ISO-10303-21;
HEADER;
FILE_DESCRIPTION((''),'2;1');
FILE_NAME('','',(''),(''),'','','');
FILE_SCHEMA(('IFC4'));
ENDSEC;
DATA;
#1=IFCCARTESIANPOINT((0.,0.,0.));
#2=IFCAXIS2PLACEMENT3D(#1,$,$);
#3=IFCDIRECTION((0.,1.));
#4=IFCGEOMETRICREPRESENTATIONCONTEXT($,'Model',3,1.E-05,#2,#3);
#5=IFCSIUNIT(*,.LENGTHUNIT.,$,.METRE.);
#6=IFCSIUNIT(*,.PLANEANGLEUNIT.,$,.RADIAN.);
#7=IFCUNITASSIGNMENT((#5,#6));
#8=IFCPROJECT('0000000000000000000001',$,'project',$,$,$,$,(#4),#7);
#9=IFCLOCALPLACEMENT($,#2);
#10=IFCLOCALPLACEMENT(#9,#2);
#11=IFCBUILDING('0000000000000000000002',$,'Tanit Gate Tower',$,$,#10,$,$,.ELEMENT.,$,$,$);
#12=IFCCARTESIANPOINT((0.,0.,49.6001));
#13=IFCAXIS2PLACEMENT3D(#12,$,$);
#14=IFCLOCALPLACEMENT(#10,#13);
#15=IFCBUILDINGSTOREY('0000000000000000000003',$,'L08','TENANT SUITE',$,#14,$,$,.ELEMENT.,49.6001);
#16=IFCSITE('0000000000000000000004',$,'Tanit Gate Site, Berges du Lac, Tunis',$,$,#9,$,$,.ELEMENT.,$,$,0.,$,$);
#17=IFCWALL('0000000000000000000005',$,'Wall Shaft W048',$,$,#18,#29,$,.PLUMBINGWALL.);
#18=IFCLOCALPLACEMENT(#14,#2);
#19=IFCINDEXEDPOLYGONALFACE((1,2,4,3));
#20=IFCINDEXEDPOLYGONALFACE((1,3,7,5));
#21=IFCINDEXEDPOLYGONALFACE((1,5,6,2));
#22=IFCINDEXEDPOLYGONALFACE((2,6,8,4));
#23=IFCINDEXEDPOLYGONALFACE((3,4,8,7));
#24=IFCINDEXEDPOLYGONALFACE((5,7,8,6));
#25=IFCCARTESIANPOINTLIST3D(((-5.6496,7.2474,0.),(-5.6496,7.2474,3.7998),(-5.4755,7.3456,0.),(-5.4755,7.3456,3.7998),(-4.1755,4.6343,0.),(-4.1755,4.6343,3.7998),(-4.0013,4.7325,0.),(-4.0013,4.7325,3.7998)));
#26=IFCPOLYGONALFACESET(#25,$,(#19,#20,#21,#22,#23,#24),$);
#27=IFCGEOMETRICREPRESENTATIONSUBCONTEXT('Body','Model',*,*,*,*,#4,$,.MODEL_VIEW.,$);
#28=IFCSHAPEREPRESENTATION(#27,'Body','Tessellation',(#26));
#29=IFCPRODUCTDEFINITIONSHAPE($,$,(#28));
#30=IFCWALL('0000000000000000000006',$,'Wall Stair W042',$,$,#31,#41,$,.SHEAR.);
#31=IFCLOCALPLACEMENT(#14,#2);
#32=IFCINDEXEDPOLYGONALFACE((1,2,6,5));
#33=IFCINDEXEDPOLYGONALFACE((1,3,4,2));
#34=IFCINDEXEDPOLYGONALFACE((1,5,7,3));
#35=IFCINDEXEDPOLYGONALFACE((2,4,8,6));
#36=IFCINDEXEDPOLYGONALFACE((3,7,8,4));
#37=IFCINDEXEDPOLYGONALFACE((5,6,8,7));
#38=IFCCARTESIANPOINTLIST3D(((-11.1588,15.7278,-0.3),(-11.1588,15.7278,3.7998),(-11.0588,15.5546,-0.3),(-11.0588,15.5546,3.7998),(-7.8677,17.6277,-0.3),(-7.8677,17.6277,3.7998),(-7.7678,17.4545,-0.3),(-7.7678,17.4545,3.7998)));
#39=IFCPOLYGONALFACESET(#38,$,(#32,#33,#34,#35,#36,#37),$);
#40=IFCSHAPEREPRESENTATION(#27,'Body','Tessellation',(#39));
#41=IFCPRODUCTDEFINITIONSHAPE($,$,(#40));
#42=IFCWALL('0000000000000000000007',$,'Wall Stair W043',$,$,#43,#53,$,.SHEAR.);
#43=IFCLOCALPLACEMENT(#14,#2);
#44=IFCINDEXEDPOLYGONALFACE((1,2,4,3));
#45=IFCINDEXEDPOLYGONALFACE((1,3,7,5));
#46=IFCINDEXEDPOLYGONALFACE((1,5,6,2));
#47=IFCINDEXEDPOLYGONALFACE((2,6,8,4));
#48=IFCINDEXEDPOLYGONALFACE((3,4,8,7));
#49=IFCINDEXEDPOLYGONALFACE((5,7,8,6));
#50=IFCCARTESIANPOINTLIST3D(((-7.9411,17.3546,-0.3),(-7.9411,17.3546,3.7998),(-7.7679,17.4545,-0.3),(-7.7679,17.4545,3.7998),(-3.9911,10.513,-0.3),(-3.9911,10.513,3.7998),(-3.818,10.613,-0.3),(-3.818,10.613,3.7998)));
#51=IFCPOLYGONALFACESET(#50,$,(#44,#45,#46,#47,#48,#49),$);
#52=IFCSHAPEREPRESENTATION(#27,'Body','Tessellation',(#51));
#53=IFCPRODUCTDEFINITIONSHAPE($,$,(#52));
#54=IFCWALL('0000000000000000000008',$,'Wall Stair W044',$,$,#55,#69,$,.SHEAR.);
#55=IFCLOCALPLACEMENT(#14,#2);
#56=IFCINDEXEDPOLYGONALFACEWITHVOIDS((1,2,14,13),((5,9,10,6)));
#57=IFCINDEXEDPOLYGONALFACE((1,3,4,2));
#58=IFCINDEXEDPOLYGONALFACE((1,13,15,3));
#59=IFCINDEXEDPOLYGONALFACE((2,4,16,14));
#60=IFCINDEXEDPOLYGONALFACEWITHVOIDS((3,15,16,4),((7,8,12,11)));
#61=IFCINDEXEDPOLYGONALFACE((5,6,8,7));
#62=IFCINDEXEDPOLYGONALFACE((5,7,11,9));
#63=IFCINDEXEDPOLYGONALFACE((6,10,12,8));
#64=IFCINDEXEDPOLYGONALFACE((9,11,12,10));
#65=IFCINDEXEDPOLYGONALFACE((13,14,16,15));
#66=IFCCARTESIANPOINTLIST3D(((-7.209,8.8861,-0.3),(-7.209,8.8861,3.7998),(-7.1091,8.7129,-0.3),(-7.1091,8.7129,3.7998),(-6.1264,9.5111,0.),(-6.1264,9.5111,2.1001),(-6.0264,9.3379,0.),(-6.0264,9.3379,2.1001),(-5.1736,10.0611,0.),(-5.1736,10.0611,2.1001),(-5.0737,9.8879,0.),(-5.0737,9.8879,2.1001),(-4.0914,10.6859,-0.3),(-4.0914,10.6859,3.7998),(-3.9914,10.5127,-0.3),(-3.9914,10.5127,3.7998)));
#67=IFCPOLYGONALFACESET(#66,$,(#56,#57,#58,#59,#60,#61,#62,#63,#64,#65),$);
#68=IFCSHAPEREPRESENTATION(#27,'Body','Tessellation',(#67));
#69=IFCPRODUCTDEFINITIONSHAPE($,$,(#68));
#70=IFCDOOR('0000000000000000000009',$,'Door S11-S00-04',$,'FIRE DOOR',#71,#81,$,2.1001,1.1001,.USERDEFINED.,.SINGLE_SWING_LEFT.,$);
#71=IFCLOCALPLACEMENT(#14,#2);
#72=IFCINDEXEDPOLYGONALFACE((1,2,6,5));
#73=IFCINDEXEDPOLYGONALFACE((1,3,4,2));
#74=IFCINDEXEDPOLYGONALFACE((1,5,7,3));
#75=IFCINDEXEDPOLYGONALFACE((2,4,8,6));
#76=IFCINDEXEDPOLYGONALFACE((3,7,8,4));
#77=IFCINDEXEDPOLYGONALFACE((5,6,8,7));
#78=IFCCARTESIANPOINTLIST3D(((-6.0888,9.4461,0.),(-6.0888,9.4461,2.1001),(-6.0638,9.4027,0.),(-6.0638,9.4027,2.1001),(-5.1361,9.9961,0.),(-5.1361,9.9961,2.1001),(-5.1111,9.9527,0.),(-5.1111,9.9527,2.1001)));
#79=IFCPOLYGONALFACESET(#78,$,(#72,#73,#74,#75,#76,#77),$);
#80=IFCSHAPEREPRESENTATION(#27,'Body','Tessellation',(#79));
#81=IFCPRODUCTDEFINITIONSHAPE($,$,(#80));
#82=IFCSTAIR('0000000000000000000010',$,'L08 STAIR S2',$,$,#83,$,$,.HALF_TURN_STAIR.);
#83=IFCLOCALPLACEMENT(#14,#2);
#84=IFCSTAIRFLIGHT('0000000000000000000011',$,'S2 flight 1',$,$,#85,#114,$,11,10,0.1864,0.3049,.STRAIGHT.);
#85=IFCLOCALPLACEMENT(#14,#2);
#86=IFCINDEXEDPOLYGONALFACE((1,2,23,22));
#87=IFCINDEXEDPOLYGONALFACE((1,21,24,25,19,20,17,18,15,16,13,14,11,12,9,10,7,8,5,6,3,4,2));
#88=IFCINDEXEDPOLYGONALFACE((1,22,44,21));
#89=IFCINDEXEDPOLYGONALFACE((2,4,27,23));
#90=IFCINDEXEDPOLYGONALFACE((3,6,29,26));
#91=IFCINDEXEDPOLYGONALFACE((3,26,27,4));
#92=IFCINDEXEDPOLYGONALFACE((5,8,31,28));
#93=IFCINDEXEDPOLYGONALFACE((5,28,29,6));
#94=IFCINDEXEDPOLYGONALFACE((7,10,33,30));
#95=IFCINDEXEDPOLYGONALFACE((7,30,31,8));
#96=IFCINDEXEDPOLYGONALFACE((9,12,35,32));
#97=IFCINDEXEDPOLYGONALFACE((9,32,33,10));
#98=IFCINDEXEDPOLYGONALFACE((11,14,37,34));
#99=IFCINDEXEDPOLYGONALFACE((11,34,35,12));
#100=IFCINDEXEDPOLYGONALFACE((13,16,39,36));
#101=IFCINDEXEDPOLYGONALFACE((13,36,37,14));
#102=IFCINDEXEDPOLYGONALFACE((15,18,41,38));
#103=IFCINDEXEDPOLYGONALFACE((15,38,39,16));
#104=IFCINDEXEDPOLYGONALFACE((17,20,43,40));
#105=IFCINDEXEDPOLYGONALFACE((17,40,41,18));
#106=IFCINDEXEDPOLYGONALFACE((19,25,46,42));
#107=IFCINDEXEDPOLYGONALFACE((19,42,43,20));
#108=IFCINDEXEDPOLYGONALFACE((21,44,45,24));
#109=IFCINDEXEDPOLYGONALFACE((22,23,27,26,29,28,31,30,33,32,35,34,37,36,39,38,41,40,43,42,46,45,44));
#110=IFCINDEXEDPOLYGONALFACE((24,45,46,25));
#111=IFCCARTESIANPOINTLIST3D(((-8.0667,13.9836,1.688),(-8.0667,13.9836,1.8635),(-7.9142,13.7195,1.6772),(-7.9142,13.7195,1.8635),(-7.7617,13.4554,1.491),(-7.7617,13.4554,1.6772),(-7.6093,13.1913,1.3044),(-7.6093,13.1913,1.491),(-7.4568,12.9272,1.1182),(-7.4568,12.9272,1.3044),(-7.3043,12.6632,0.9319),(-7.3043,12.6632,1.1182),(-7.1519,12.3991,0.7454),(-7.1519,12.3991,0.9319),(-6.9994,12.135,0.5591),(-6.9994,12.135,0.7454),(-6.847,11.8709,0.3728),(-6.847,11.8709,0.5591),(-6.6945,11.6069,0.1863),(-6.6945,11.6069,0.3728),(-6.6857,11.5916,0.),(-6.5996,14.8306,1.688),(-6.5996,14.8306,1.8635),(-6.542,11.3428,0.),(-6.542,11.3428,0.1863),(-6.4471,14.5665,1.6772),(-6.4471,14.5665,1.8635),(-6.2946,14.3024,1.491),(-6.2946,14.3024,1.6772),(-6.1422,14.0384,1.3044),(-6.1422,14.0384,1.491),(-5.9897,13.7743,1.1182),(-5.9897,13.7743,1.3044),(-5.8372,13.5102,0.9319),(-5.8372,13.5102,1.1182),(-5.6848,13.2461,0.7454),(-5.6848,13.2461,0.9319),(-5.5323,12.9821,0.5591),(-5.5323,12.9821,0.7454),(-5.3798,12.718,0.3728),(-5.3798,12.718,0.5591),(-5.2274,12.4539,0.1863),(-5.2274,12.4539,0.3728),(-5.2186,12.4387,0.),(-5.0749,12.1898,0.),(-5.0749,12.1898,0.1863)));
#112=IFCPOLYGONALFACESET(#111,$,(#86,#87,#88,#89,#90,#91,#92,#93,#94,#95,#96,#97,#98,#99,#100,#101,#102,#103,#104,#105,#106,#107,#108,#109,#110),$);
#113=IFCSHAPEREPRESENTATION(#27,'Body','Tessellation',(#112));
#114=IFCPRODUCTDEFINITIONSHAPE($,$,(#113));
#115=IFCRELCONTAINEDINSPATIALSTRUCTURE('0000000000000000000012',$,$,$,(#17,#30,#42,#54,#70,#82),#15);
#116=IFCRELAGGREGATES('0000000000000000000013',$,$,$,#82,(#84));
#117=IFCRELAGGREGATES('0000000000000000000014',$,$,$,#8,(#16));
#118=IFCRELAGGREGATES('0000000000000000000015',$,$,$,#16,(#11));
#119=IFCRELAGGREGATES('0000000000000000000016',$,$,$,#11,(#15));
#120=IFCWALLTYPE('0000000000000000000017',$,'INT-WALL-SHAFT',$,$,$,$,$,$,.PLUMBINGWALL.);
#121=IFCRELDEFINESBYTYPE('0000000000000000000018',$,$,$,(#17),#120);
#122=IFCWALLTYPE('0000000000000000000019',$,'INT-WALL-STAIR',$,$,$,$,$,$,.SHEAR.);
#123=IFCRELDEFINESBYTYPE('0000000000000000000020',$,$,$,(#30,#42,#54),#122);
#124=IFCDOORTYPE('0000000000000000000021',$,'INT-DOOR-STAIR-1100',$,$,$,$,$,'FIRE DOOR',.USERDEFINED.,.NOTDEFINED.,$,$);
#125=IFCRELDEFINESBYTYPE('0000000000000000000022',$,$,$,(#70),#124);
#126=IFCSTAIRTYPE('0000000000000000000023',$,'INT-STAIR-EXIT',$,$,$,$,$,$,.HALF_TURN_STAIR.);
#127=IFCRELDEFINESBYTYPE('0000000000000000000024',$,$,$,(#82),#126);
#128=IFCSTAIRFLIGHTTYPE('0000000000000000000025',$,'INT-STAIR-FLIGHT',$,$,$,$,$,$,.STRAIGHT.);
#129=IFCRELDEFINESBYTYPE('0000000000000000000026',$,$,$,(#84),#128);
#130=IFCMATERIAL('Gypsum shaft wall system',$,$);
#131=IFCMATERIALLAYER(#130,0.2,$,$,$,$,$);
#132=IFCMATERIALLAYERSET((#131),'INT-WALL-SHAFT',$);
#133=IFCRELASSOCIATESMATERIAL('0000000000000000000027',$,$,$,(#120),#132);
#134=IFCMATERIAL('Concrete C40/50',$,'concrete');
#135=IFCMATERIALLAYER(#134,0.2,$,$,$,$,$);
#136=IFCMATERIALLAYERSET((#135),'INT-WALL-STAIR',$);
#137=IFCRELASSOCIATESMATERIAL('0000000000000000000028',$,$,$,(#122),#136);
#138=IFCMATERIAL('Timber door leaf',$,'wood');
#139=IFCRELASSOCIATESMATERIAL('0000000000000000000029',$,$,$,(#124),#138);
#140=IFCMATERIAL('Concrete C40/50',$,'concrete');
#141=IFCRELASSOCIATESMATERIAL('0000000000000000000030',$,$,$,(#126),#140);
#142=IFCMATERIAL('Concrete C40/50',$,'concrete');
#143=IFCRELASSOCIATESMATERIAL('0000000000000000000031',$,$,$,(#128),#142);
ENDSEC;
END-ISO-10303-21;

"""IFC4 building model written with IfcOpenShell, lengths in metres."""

from ifc_helpers import new_model, si_unit, direction, frame, frame_2d, origin, place, context, subcontext, project, spatial, polyline, rectangle, outline, extrude, material, layer, layer_set, type_object, element, fill, aggregate, save


model = new_model("IFC4")

# Units and contexts
model_context = context("Model", 3, precision=1e-05, world=origin(), true_north=direction((0.0, 1.0)))
body_context = subcontext(model_context, "Body", "Model", "MODEL_VIEW")
ifc_project = project(units=[si_unit("LENGTHUNIT", "METRE"), si_unit("PLANEANGLEUNIT", "RADIAN")], contexts=[model_context])

# Site, building, storey
site_placement = place(None, origin())
site = spatial("IfcSite", under=ifc_project, at=site_placement, Name="Tanit Gate Site, Berges du Lac, Tunis", CompositionType="ELEMENT", RefElevation=0.0)
building_placement = place(site_placement, origin())
building = spatial("IfcBuilding", under=site, at=building_placement, Name="Tanit Gate Tower", CompositionType="ELEMENT")
storey_placement = place(building_placement, frame((0.0, 0.0, 49.6001)))
storey = spatial("IfcBuildingStorey", under=building, at=storey_placement, Name="L08", Description="TENANT SUITE", CompositionType="ELEMENT", Elevation=49.6001)

# Shared definitions
ifc_material_1 = material(Name="Gypsum shaft wall system")
ifc_layer_1 = layer(ifc_material_1, 0.2)
ifc_layer_set_1 = layer_set([ifc_layer_1], Name="INT-WALL-SHAFT")
wall_type_1 = type_object("IfcWallType", Name="INT-WALL-SHAFT", PredefinedType="PLUMBINGWALL", material=ifc_layer_set_1)

# Walls
wall_1_placement = place(storey_placement, frame((-5.5625, 7.2964, 0.0), z_axis=(0.0, 0.0, 1.0), x_axis=(0.491347, -0.870964, 0.0)))
element("IfcWall", 1, at=wall_1_placement, inside=storey, type_object=wall_type_1, Name="Wall Shaft W048", PredefinedType="PLUMBINGWALL", context=body_context, shape_type="SweptSolid", body=[
    extrude(rectangle(XDim=3.0002, YDim=0.2, at=frame_2d((1.5, 0.0))), origin(), (0.0, 0.0, 1.0), 3.7998),
])
ifc_material_2 = material(Name="Concrete C40/50", Category="concrete")
ifc_layer_2 = layer(ifc_material_2, 0.2)
ifc_layer_set_2 = layer_set([ifc_layer_2], Name="INT-WALL-STAIR")
wall_type_2 = type_object("IfcWallType", Name="INT-WALL-STAIR", PredefinedType="SHEAR", material=ifc_layer_set_2)
wall_2_placement = place(storey_placement, frame((-7.8179, 17.541, -0.3), z_axis=(0.0, 0.0, 1.0), x_axis=(-0.866044, -0.499967, 0.0)))
element("IfcWall", 2, at=wall_2_placement, inside=storey, type_object=wall_type_2, Name="Wall Stair W042", PredefinedType="SHEAR", context=body_context, shape_type="SweptSolid", body=[
    extrude(rectangle(XDim=3.8, YDim=0.2, at=frame_2d((1.8999, 0.0))), origin(), (0.0, 0.0, 1.0), 4.0999),
])
wall_3_placement = place(storey_placement, frame((-7.8545, 17.4045, -0.3), z_axis=(0.0, 0.0, 1.0), x_axis=(0.499998, -0.866027, 0.0)))
element("IfcWall", 3, at=wall_3_placement, inside=storey, type_object=wall_type_2, Name="Wall Stair W043", PredefinedType="SHEAR", context=body_context, shape_type="SweptSolid", body=[
    extrude(rectangle(XDim=7.8999, YDim=0.2, at=frame_2d((3.95, 0.0))), origin(), (0.0, 0.0, 1.0), 4.0999),
])

# Wall, opening, door
wall_4_placement = place(storey_placement, frame((-7.1589, 8.7996, -0.3), z_axis=(0.0, 0.0, 1.0), x_axis=(0.866048, 0.499961, 0.0)))
wall_4 = element("IfcWall", 4, at=wall_4_placement, inside=storey, type_object=wall_type_2, Name="Wall Stair W044", PredefinedType="SHEAR", context=body_context, shape_type="SweptSolid", body=[
    extrude(rectangle(XDim=3.5999, YDim=0.2, at=frame_2d((1.7998, 0.0))), origin(), (0.0, 0.0, 1.0), 4.0999),
])
opening_1_placement = place(wall_4_placement, frame((1.25, 0.0, 0.3)))
opening_1 = element("IfcOpeningElement", 5, at=opening_1_placement, cuts=wall_4, PredefinedType="OPENING", context=body_context, shape_type="SweptSolid", body=[
    extrude(rectangle(XDim=1.1001, YDim=2.1001, at=frame_2d((0.55, 1.05))), frame((0.0, 0.1099, 0.0), z_axis=(0.0, -1.0, 0.0), x_axis=(1.0, 0.0, 0.0)), (0.0, 0.0, 1.0), 0.22),
])
ifc_material_3 = material(Name="Timber door leaf", Category="wood")
door_type_1 = type_object("IfcDoorType", Name="INT-DOOR-STAIR-1100", ElementType="FIRE DOOR", OperationType="NOTDEFINED", PredefinedType="USERDEFINED", material=ifc_material_3)
door_1_placement = place(opening_1_placement, origin())
door_1 = element("IfcDoor", 6, at=door_1_placement, inside=storey, type_object=door_type_1, Name="Door S11-S00-04", ObjectType="FIRE DOOR", OperationType="SINGLE_SWING_LEFT", OverallHeight=2.1001, OverallWidth=1.1001, PredefinedType="USERDEFINED", context=body_context, shape_type="SweptSolid", body=[
    extrude(rectangle(XDim=1.1001, YDim=2.1001, at=frame_2d((0.55, 1.05))), frame((0.0, 0.0249, 0.0), z_axis=(0.0, -1.0, 0.0), x_axis=(1.0, 0.0, 0.0)), (0.0, 0.0, 1.0), 0.05),
])
fill(opening_1, door_1)

# Stair, stair flight
ifc_material_4 = material(Name="Concrete C40/50", Category="concrete")
stair_type = type_object("IfcStairType", Name="INT-STAIR-EXIT", PredefinedType="HALF_TURN_STAIR", material=ifc_material_4)
stair_placement = place(storey_placement, origin())
stair = element("IfcStair", 7, at=stair_placement, inside=storey, type_object=stair_type, Name="L08 STAIR S2", PredefinedType="HALF_TURN_STAIR")
ifc_material_5 = material(Name="Concrete C40/50", Category="concrete")
stair_flight_type = type_object("IfcStairFlightType", Name="INT-STAIR-FLIGHT", PredefinedType="STRAIGHT", material=ifc_material_5)
stair_flight_placement = place(storey_placement, frame((-5.8083, 11.7664, 0.0), z_axis=(0.0, 0.0, 1.0), x_axis=(-0.5, 0.866025, 0.0)))
stair_flight = element("IfcStairFlight", 8, at=stair_flight_placement, type_object=stair_flight_type, Name="S2 flight 1", NumberOfRisers=11, NumberOfTreads=10, PredefinedType="STRAIGHT", RiserHeight=0.1864, TreadLength=0.3049, context=body_context, shape_type="SweptSolid", body=[
    extrude(outline(polyline([(0.0, 0.0), (0.0, 0.1863), (0.3049, 0.1863), (0.3049, 0.3728), (0.6099, 0.3728), (0.6099, 0.5591), (0.9148, 0.5591), (0.9148, 0.7454), (1.2197, 0.7454), (1.2197, 0.9319), (1.5247, 0.9319), (1.5247, 1.1182), (1.8296, 1.1182), (1.8296, 1.3044), (2.1345, 1.3044), (2.1345, 1.491), (2.4395, 1.491), (2.4395, 1.6772), (2.7444, 1.6772), (2.7444, 1.8635), (3.0493, 1.8635), (3.0493, 2.05), (3.0493, 1.688), (0.2874, 0.0), (0.0, 0.0)])), frame((0.0, 0.8472, 0.0), z_axis=(0.0, -1.0, 0.0), x_axis=(1.0, 0.0, 0.0)), (0.0, 0.0, 1.0), 1.6941),
])
aggregate(stair, [stair_flight])

save(model, "model.ifc")
